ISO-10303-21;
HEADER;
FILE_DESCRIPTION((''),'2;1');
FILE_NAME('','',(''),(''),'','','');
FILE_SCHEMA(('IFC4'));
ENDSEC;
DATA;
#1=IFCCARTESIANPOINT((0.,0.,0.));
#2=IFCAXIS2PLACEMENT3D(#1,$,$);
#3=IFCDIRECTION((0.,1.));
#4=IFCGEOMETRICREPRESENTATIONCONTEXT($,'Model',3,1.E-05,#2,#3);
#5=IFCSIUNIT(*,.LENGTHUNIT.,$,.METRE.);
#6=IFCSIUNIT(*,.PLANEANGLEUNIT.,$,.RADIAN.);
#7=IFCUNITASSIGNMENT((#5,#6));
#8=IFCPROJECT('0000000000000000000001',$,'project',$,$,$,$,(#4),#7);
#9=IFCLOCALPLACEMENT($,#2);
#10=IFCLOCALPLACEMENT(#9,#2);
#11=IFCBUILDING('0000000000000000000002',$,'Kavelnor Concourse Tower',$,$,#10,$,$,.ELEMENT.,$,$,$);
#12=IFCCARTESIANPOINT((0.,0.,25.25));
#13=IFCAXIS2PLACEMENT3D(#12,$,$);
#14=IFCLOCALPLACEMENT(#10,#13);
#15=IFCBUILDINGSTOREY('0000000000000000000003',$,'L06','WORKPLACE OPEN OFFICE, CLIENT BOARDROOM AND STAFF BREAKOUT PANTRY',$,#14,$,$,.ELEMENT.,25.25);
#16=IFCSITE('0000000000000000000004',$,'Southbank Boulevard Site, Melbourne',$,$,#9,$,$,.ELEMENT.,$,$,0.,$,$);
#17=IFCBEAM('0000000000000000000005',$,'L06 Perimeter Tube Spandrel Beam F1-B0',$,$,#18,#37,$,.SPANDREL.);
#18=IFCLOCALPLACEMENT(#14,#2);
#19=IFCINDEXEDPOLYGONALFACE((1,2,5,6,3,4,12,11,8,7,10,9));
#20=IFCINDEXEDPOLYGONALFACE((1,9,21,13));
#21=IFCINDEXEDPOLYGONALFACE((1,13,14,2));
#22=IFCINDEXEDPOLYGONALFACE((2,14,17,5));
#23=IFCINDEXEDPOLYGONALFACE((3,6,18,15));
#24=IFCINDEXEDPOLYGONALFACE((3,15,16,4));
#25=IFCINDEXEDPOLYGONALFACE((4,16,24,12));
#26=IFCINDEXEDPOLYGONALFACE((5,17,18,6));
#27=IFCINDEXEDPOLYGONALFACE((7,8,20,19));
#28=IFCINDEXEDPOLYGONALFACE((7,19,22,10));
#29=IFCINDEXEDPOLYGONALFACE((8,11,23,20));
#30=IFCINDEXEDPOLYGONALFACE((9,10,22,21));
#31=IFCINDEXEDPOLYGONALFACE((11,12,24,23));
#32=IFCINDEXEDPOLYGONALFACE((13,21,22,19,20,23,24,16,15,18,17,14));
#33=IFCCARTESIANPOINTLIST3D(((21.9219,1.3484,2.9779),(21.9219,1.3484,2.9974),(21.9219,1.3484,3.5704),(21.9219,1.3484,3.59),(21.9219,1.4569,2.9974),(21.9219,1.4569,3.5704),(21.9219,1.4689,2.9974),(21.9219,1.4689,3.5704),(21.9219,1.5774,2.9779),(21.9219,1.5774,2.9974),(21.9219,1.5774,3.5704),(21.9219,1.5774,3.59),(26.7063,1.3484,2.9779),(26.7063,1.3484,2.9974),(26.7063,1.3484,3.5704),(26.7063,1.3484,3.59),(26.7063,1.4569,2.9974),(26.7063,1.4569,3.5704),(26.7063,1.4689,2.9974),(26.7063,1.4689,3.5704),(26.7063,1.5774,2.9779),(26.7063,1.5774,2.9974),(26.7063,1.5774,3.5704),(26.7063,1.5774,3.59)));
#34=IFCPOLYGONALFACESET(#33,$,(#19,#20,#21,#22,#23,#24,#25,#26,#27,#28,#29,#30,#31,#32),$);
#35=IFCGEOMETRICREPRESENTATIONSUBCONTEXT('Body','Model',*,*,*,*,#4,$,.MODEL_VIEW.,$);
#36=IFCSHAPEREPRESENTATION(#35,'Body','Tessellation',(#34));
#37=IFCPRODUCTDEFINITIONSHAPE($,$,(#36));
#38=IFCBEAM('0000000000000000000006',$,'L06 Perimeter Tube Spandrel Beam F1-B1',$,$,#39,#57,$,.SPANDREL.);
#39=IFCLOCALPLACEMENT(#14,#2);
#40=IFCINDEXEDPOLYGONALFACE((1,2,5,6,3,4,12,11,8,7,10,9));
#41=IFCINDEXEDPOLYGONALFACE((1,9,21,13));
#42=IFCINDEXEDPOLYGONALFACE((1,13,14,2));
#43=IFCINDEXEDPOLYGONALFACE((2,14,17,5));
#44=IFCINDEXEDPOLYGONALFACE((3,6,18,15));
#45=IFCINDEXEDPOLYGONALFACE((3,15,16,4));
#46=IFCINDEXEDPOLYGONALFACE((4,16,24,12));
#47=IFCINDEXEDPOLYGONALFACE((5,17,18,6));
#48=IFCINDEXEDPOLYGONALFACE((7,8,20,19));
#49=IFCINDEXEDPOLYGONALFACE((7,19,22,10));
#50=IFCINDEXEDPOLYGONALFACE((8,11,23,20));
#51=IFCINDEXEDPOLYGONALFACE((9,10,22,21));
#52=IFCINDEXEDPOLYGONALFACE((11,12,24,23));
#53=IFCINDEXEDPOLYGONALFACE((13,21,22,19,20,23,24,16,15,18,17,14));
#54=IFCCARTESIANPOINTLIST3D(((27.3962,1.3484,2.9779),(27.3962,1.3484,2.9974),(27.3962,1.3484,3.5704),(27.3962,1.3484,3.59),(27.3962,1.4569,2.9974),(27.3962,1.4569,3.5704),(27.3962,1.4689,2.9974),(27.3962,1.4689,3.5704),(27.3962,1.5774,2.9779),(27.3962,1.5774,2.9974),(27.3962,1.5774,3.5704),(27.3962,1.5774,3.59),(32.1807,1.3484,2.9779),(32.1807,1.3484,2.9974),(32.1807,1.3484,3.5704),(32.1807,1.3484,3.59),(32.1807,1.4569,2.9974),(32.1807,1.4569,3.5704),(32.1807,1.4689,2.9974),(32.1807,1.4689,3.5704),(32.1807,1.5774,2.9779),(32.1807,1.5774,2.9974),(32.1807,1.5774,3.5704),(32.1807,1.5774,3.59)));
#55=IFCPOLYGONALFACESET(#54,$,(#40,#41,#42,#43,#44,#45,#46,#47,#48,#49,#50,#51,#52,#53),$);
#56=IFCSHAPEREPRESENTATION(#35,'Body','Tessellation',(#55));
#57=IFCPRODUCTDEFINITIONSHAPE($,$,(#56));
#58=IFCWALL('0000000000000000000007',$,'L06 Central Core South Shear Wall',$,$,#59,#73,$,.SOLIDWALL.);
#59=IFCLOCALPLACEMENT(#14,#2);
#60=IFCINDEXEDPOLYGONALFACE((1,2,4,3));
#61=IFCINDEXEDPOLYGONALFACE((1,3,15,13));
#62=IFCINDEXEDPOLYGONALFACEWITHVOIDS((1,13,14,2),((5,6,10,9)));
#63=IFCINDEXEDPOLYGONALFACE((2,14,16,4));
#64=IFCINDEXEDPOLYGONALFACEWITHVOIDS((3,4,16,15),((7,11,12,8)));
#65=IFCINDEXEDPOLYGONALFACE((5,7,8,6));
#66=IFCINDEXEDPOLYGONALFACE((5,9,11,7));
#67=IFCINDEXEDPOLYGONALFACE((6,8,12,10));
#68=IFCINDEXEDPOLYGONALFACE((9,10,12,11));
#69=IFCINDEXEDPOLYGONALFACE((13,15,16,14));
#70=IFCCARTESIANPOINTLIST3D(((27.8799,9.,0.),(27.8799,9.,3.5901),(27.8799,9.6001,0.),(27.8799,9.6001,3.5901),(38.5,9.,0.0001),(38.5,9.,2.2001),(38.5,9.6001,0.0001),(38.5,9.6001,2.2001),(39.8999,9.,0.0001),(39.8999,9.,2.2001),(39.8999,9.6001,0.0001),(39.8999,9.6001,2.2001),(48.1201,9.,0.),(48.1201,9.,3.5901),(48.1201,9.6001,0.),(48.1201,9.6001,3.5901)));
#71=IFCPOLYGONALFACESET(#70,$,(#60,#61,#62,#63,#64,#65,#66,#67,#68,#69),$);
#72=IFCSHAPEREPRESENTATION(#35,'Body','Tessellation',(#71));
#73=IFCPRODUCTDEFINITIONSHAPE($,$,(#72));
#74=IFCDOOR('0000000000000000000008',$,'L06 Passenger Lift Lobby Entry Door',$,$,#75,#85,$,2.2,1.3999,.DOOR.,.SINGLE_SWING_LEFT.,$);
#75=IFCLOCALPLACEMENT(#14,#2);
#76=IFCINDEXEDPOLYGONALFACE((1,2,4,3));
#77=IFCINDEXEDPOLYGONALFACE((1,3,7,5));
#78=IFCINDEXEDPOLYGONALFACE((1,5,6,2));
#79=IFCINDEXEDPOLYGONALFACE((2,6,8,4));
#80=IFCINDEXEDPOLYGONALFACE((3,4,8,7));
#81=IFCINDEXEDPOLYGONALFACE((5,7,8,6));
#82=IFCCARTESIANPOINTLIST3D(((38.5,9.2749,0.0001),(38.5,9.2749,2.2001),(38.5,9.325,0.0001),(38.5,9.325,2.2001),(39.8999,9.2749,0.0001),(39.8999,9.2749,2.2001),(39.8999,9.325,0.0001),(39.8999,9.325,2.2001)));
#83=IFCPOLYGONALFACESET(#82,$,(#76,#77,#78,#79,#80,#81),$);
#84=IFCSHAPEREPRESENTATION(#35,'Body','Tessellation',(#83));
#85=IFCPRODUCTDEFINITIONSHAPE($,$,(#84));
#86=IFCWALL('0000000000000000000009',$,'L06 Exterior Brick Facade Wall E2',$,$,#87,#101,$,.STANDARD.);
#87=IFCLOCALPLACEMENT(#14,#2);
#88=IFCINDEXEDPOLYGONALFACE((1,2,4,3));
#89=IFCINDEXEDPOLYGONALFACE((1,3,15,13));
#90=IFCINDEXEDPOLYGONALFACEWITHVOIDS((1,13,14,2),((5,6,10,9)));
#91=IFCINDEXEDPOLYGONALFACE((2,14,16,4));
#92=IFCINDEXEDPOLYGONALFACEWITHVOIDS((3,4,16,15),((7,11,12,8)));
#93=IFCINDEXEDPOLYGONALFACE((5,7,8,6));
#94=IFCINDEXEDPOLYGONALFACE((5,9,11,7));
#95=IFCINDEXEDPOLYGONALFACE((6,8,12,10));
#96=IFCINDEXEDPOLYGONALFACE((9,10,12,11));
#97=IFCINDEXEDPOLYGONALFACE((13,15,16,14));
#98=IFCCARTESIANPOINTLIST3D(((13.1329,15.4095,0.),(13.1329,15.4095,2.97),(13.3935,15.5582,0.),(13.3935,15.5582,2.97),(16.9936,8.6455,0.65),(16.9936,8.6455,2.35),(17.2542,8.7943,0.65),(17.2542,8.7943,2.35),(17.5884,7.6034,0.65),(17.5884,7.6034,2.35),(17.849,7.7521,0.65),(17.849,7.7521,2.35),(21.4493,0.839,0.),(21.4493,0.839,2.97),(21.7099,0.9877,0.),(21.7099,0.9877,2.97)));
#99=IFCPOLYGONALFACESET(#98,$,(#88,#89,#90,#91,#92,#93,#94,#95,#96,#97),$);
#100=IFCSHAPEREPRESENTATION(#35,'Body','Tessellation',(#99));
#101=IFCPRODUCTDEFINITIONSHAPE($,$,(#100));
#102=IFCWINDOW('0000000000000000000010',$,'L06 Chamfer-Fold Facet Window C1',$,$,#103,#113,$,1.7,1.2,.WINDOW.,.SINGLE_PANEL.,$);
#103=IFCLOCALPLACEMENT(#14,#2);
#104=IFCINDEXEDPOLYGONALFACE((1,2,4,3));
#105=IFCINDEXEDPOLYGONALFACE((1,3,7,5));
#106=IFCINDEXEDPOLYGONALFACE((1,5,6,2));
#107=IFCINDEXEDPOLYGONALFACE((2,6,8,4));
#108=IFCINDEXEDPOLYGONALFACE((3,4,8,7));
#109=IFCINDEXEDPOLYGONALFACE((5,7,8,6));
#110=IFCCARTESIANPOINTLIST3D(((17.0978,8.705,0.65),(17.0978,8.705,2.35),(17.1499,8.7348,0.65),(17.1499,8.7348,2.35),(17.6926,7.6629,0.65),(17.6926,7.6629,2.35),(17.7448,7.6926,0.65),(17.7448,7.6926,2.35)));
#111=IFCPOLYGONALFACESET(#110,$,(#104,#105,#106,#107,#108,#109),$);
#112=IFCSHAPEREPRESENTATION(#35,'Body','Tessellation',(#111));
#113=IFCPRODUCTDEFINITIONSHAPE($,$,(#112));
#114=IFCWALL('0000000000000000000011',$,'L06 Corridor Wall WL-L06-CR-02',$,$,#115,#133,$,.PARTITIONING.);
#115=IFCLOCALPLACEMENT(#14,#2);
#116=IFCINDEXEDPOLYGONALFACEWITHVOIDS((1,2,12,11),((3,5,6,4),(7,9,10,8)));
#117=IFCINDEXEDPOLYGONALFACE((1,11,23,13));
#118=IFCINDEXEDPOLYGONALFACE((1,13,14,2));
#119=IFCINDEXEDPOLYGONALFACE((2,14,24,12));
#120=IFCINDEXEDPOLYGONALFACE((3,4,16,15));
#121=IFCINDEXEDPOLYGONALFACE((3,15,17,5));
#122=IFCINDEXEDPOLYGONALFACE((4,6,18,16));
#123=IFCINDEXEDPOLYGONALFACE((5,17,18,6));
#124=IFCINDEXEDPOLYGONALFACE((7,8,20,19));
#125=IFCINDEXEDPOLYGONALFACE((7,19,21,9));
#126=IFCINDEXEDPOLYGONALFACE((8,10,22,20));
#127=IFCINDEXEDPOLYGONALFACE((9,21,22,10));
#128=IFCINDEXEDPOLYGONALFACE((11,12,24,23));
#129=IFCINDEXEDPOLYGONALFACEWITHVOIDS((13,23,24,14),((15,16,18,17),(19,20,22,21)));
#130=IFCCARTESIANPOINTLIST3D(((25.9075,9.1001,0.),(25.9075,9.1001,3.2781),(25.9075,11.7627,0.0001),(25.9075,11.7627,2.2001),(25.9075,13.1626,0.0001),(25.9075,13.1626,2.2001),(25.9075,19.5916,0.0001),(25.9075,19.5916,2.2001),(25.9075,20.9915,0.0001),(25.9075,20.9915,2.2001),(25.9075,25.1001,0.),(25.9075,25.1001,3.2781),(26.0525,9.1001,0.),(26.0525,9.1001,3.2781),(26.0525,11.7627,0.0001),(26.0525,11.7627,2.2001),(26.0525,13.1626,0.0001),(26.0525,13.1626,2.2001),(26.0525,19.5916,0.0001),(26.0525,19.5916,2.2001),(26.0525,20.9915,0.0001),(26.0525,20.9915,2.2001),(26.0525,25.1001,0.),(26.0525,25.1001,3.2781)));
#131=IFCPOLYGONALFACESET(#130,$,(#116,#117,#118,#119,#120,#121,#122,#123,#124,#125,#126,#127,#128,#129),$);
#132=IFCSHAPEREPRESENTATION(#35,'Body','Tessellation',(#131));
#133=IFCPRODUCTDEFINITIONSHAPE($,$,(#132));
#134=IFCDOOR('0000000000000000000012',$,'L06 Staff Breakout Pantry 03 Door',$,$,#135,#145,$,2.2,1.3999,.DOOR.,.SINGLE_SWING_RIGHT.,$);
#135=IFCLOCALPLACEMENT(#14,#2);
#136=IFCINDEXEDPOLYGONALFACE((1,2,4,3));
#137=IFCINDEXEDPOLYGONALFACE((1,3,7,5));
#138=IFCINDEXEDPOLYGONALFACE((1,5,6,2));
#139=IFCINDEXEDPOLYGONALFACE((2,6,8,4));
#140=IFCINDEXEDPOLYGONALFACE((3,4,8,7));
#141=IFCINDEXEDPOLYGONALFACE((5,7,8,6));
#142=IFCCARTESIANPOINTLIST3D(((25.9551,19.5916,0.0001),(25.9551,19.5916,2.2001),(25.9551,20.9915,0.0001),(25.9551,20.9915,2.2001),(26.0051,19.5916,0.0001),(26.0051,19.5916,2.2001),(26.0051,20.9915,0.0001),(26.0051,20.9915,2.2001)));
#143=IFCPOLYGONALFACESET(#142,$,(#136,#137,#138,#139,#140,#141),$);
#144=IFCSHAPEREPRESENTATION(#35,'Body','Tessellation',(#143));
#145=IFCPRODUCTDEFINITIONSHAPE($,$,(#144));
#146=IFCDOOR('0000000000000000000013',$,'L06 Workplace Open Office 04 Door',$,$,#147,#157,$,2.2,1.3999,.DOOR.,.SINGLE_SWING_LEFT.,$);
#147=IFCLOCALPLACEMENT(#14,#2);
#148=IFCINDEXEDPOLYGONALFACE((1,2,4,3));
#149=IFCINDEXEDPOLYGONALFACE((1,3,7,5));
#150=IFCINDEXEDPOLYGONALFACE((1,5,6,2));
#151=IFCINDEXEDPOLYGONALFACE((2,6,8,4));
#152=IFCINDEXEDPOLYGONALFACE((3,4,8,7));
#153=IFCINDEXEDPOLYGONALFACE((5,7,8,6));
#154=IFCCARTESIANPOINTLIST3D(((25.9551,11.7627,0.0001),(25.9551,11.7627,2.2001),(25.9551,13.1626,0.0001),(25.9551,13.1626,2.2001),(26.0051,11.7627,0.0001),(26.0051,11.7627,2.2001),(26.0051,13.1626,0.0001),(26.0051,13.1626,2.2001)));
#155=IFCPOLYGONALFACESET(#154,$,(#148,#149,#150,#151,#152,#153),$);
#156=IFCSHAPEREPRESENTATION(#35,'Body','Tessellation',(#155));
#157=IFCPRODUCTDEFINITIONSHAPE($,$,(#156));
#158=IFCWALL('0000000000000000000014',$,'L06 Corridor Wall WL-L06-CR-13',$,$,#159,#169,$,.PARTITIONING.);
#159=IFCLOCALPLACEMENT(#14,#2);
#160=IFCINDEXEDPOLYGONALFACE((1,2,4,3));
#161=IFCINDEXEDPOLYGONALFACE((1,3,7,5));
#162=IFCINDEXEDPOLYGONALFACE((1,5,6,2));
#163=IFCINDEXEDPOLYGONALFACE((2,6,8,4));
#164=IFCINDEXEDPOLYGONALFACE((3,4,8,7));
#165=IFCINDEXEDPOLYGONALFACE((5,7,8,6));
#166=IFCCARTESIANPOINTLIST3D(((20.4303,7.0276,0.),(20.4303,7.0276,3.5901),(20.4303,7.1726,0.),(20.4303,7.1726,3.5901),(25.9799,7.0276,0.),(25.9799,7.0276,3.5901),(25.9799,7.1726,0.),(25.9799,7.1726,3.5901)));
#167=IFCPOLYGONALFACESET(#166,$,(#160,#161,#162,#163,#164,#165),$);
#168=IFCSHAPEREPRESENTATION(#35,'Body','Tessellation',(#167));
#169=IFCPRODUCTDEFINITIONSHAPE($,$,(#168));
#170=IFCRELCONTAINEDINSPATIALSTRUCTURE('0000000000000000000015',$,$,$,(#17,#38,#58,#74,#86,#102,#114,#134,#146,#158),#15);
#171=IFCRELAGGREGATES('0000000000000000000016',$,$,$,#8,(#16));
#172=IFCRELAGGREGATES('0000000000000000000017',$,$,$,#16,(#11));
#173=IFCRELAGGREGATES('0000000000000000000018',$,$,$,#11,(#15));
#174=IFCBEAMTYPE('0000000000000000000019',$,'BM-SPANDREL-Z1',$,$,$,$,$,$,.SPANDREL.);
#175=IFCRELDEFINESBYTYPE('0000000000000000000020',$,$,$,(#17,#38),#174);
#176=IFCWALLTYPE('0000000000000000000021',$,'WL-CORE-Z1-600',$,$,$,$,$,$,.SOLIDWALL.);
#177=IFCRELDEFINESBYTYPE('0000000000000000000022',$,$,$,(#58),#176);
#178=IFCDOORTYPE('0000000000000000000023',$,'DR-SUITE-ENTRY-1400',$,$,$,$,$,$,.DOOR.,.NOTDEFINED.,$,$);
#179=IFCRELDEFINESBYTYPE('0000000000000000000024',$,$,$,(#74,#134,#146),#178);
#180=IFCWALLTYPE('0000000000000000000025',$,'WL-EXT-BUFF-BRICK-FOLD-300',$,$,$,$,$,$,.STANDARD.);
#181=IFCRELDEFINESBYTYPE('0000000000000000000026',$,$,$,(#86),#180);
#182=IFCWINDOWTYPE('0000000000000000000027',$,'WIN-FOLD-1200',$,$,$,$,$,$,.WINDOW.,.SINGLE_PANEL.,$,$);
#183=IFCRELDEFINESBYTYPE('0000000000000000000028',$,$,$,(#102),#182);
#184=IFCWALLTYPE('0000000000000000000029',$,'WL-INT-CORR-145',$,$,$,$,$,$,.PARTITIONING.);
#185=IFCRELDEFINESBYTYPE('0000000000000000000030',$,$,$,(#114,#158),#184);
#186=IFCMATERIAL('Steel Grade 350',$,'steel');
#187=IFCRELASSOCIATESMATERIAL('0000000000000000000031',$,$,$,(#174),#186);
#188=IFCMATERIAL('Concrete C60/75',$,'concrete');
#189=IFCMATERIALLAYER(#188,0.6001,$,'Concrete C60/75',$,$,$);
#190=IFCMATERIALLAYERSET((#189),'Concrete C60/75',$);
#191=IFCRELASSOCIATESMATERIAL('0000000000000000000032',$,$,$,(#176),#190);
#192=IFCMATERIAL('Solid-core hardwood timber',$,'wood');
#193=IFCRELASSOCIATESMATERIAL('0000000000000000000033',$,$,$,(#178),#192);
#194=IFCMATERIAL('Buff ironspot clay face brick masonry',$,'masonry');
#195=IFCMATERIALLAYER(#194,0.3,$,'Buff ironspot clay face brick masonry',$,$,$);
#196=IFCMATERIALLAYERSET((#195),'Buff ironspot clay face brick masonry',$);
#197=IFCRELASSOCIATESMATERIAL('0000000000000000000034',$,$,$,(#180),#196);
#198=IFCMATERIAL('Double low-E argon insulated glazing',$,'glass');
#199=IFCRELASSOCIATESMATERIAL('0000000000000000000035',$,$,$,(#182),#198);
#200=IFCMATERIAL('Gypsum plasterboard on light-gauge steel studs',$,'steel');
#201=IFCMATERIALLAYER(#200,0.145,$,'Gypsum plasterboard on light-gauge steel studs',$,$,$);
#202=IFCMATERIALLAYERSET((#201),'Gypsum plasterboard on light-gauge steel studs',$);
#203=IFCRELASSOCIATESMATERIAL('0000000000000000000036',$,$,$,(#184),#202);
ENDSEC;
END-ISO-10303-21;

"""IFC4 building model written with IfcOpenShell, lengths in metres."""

from ifc_helpers import new_model, si_unit, direction, frame, frame_2d, origin, origin_2d, place, context, subcontext, project, spatial, rectangle, i_section, extrude, material, layer, layer_set, material_profile, profile_set, type_object, element, fill, save


model = new_model("IFC4")

# Units and contexts
model_context = context("Model", 3, precision=1e-05, world=origin(), true_north=direction((0.0, 1.0)))
body_context = subcontext(model_context, "Body", "Model", "MODEL_VIEW")
ifc_project = project(units=[si_unit("LENGTHUNIT", "METRE"), si_unit("PLANEANGLEUNIT", "RADIAN")], contexts=[model_context])

# Site, building, storey
site_placement = place(None, origin())
site = spatial("IfcSite", under=ifc_project, at=site_placement, Name="Southbank Boulevard Site, Melbourne", CompositionType="ELEMENT", RefElevation=0.0)
building_placement = place(site_placement, origin())
building = spatial("IfcBuilding", under=site, at=building_placement, Name="Kavelnor Concourse Tower", CompositionType="ELEMENT")
storey_placement = place(building_placement, frame((0.0, 0.0, 25.25)))
storey = spatial("IfcBuildingStorey", under=building, at=storey_placement, Name="L06", Description="WORKPLACE OPEN OFFICE, CLIENT BOARDROOM AND STAFF BREAKOUT PANTRY", CompositionType="ELEMENT", Elevation=25.25)

# Shared definitions
ifc_material_1 = material(Name="Steel Grade 350", Category="steel")

# Beams
ifc_material_profile_1 = material_profile(ifc_material_1, i_section(OverallWidth=0.229, OverallDepth=0.6121, WebThickness=0.012, FlangeThickness=0.0195, at=origin_2d()), Name="610UB125")
ifc_profile_set_1 = profile_set([ifc_material_profile_1], Name="Steel Grade 350")
beam_type_1 = type_object("IfcBeamType", Name="BM-SPANDREL-Z1", PredefinedType="SPANDREL", material=ifc_profile_set_1)
for number, where, z_axis, x_axis, name in (
    (1, (21.9219, 1.4629, 3.2839), (1.0, 0.0, 0.0), (0.0, 1.0, 0.0), "L06 Perimeter Tube Spandrel Beam F1-B0"),
    (2, (27.3962, 1.4629, 3.2839), (1.0, 0.0, 0.0), (0.0, 1.0, 0.0), "L06 Perimeter Tube Spandrel Beam F1-B1"),
):
    element("IfcBeam", number, at=place(storey_placement, frame(where, z_axis=z_axis, x_axis=x_axis)), inside=storey, type_object=beam_type_1, Name=name, PredefinedType="SPANDREL", context=body_context, shape_type="SweptSolid", body=[
        extrude(i_section(OverallWidth=0.229, OverallDepth=0.6121, WebThickness=0.012, FlangeThickness=0.0195, at=origin_2d()), origin(), (0.0, 0.0, 1.0), 4.7844),
    ])

# Wall, opening, door
ifc_material_2 = material(Name="Concrete C60/75", Category="concrete")
ifc_layer_1 = layer(ifc_material_2, 0.6001, Name="Concrete C60/75")
ifc_layer_set_1 = layer_set([ifc_layer_1], Name="Concrete C60/75")
wall_type_1 = type_object("IfcWallType", Name="WL-CORE-Z1-600", PredefinedType="SOLIDWALL", material=ifc_layer_set_1)
wall_1_placement = place(storey_placement, frame((27.8799, 9.3, 0.0), z_axis=(0.0, 0.0, 1.0), x_axis=(1.0, 0.0, 0.0)))
wall_1 = element("IfcWall", 3, at=wall_1_placement, inside=storey, type_object=wall_type_1, Name="L06 Central Core South Shear Wall", PredefinedType="SOLIDWALL", context=body_context, shape_type="SweptSolid", body=[
    extrude(rectangle(XDim=20.2402, YDim=0.6001, at=frame_2d((10.1201, 0.0))), origin(), (0.0, 0.0, 1.0), 3.5901),
])
opening_1_placement = place(wall_1_placement, frame((10.6201, 0.0, 0.0)))
opening_1 = element("IfcOpeningElement", 4, at=opening_1_placement, cuts=wall_1, PredefinedType="OPENING", context=body_context, shape_type="SweptSolid", body=[
    extrude(rectangle(XDim=1.3999, YDim=2.2, at=frame_2d((0.7, 1.1001))), frame((0.0, 0.3101, 0.0), z_axis=(0.0, -1.0, 0.0), x_axis=(1.0, 0.0, 0.0)), (0.0, 0.0, 1.0), 0.6201),
])
ifc_material_3 = material(Name="Solid-core hardwood timber", Category="wood")
door_type = type_object("IfcDoorType", Name="DR-SUITE-ENTRY-1400", OperationType="NOTDEFINED", PredefinedType="DOOR", material=ifc_material_3)
door_1_placement = place(opening_1_placement, origin())
door_1 = element("IfcDoor", 5, at=door_1_placement, inside=storey, type_object=door_type, Name="L06 Passenger Lift Lobby Entry Door", OperationType="SINGLE_SWING_LEFT", OverallHeight=2.2, OverallWidth=1.3999, PredefinedType="DOOR", context=body_context, shape_type="SweptSolid", body=[
    extrude(rectangle(XDim=1.3999, YDim=2.2, at=frame_2d((0.7, 1.1001))), frame((0.0, 0.0249, 0.0), z_axis=(0.0, -1.0, 0.0), x_axis=(1.0, 0.0, 0.0)), (0.0, 0.0, 1.0), 0.05),
])
fill(opening_1, door_1)

# Wall, opening, window
ifc_material_4 = material(Name="Buff ironspot clay face brick masonry", Category="masonry")
ifc_layer_2 = layer(ifc_material_4, 0.3, Name="Buff ironspot clay face brick masonry")
ifc_layer_set_2 = layer_set([ifc_layer_2], Name="Buff ironspot clay face brick masonry")
wall_type_2 = type_object("IfcWallType", Name="WL-EXT-BUFF-BRICK-FOLD-300", PredefinedType="STANDARD", material=ifc_layer_set_2)
wall_2_placement = place(storey_placement, frame((21.5796, 0.9133, 0.0), z_axis=(0.0, 0.0, 1.0), x_axis=(-0.495706, 0.86849, 0.0)))
wall_2 = element("IfcWall", 6, at=wall_2_placement, inside=storey, type_object=wall_type_2, Name="L06 Exterior Brick Facade Wall E2", PredefinedType="STANDARD", context=body_context, shape_type="SweptSolid", body=[
    extrude(rectangle(XDim=16.7769, YDim=0.3, at=frame_2d((8.3884, 0.0))), origin(), (0.0, 0.0, 1.0), 2.97),
])
opening_2_placement = place(wall_2_placement, frame((7.7886, 0.0, 0.6499)))
opening_2 = element("IfcOpeningElement", 7, at=opening_2_placement, cuts=wall_2, PredefinedType="OPENING", context=body_context, shape_type="SweptSolid", body=[
    extrude(rectangle(XDim=1.2, YDim=1.7, at=frame_2d((0.6001, 0.8501))), frame((0.0, 0.1602, 0.0), z_axis=(0.0, -1.0, 0.0), x_axis=(1.0, 0.0, 0.0)), (0.0, 0.0, 1.0), 0.3201),
])
ifc_material_5 = material(Name="Double low-E argon insulated glazing", Category="glass")
window_type = type_object("IfcWindowType", Name="WIN-FOLD-1200", PartitioningType="SINGLE_PANEL", PredefinedType="WINDOW", material=ifc_material_5)
window_placement = place(opening_2_placement, origin())
window = element("IfcWindow", 8, at=window_placement, inside=storey, type_object=window_type, Name="L06 Chamfer-Fold Facet Window C1", OverallHeight=1.7, OverallWidth=1.2, PartitioningType="SINGLE_PANEL", PredefinedType="WINDOW", context=body_context, shape_type="SweptSolid", body=[
    extrude(rectangle(XDim=1.2, YDim=1.7, at=frame_2d((0.6001, 0.8501))), frame((0.0, 0.03, 0.0), z_axis=(0.0, -1.0, 0.0), x_axis=(1.0, 0.0, 0.0)), (0.0, 0.0, 1.0), 0.0601),
])
fill(opening_2, window)

# Wall, openings, doors
ifc_material_6 = material(Name="Gypsum plasterboard on light-gauge steel studs", Category="steel")
ifc_layer_3 = layer(ifc_material_6, 0.145, Name="Gypsum plasterboard on light-gauge steel studs")
ifc_layer_set_3 = layer_set([ifc_layer_3], Name="Gypsum plasterboard on light-gauge steel studs")
wall_type_3 = type_object("IfcWallType", Name="WL-INT-CORR-145", PredefinedType="PARTITIONING", material=ifc_layer_set_3)
wall_3_placement = place(storey_placement, frame((25.98, 9.1001, 0.0), z_axis=(0.0, 0.0, 1.0), x_axis=(0.0, 1.0, 0.0)))
wall_3 = element("IfcWall", 9, at=wall_3_placement, inside=storey, type_object=wall_type_3, Name="L06 Corridor Wall WL-L06-CR-02", PredefinedType="PARTITIONING", context=body_context, shape_type="SweptSolid", body=[
    extrude(rectangle(XDim=16.0, YDim=0.145, at=frame_2d((8.0, 0.0))), origin(), (0.0, 0.0, 1.0), 3.2781),
])
opening_3_placement = place(wall_3_placement, frame((10.4915, 0.0, 0.0)))
opening_3 = element("IfcOpeningElement", 10, at=opening_3_placement, cuts=wall_3, PredefinedType="OPENING", context=body_context, shape_type="SweptSolid", body=[
    extrude(rectangle(XDim=1.3999, YDim=2.2, at=frame_2d((0.7, 1.1001))), frame((0.0, 0.0825, 0.0), z_axis=(0.0, -1.0, 0.0), x_axis=(1.0, 0.0, 0.0)), (0.0, 0.0, 1.0), 0.165),
])
opening_4_placement = place(wall_3_placement, frame((2.6626, 0.0, 0.0)))
opening_4 = element("IfcOpeningElement", 11, at=opening_4_placement, cuts=wall_3, PredefinedType="OPENING", context=body_context, shape_type="SweptSolid", body=[
    extrude(rectangle(XDim=1.3999, YDim=2.2, at=frame_2d((0.7, 1.1001))), frame((0.0, 0.0825, 0.0), z_axis=(0.0, -1.0, 0.0), x_axis=(1.0, 0.0, 0.0)), (0.0, 0.0, 1.0), 0.165),
])
door_2_placement = place(opening_3_placement, origin())
door_2 = element("IfcDoor", 12, at=door_2_placement, inside=storey, type_object=door_type, Name="L06 Staff Breakout Pantry 03 Door", OperationType="SINGLE_SWING_RIGHT", OverallHeight=2.2, OverallWidth=1.3999, PredefinedType="DOOR", context=body_context, shape_type="SweptSolid", body=[
    extrude(rectangle(XDim=1.3999, YDim=2.2, at=frame_2d((0.7, 1.1001))), frame((0.0, 0.0249, 0.0), z_axis=(0.0, -1.0, 0.0), x_axis=(1.0, 0.0, 0.0)), (0.0, 0.0, 1.0), 0.05),
])
fill(opening_3, door_2)
door_3_placement = place(opening_4_placement, origin())
door_3 = element("IfcDoor", 13, at=door_3_placement, inside=storey, type_object=door_type, Name="L06 Workplace Open Office 04 Door", OperationType="SINGLE_SWING_LEFT", OverallHeight=2.2, OverallWidth=1.3999, PredefinedType="DOOR", context=body_context, shape_type="SweptSolid", body=[
    extrude(rectangle(XDim=1.3999, YDim=2.2, at=frame_2d((0.7, 1.1001))), frame((0.0, 0.0249, 0.0), z_axis=(0.0, -1.0, 0.0), x_axis=(1.0, 0.0, 0.0)), (0.0, 0.0, 1.0), 0.05),
])
fill(opening_4, door_3)

# Wall
wall_4_placement = place(storey_placement, frame((25.98, 7.1001, 0.0), z_axis=(0.0, 0.0, 1.0), x_axis=(-1.0, 0.0, 0.0)))
element("IfcWall", 14, at=wall_4_placement, inside=storey, type_object=wall_type_3, Name="L06 Corridor Wall WL-L06-CR-13", PredefinedType="PARTITIONING", context=body_context, shape_type="SweptSolid", body=[
    extrude(rectangle(XDim=5.5496, YDim=0.145, at=frame_2d((2.7749, 0.0))), origin(), (0.0, 0.0, 1.0), 3.5901),
])

save(model, "model.ifc")
